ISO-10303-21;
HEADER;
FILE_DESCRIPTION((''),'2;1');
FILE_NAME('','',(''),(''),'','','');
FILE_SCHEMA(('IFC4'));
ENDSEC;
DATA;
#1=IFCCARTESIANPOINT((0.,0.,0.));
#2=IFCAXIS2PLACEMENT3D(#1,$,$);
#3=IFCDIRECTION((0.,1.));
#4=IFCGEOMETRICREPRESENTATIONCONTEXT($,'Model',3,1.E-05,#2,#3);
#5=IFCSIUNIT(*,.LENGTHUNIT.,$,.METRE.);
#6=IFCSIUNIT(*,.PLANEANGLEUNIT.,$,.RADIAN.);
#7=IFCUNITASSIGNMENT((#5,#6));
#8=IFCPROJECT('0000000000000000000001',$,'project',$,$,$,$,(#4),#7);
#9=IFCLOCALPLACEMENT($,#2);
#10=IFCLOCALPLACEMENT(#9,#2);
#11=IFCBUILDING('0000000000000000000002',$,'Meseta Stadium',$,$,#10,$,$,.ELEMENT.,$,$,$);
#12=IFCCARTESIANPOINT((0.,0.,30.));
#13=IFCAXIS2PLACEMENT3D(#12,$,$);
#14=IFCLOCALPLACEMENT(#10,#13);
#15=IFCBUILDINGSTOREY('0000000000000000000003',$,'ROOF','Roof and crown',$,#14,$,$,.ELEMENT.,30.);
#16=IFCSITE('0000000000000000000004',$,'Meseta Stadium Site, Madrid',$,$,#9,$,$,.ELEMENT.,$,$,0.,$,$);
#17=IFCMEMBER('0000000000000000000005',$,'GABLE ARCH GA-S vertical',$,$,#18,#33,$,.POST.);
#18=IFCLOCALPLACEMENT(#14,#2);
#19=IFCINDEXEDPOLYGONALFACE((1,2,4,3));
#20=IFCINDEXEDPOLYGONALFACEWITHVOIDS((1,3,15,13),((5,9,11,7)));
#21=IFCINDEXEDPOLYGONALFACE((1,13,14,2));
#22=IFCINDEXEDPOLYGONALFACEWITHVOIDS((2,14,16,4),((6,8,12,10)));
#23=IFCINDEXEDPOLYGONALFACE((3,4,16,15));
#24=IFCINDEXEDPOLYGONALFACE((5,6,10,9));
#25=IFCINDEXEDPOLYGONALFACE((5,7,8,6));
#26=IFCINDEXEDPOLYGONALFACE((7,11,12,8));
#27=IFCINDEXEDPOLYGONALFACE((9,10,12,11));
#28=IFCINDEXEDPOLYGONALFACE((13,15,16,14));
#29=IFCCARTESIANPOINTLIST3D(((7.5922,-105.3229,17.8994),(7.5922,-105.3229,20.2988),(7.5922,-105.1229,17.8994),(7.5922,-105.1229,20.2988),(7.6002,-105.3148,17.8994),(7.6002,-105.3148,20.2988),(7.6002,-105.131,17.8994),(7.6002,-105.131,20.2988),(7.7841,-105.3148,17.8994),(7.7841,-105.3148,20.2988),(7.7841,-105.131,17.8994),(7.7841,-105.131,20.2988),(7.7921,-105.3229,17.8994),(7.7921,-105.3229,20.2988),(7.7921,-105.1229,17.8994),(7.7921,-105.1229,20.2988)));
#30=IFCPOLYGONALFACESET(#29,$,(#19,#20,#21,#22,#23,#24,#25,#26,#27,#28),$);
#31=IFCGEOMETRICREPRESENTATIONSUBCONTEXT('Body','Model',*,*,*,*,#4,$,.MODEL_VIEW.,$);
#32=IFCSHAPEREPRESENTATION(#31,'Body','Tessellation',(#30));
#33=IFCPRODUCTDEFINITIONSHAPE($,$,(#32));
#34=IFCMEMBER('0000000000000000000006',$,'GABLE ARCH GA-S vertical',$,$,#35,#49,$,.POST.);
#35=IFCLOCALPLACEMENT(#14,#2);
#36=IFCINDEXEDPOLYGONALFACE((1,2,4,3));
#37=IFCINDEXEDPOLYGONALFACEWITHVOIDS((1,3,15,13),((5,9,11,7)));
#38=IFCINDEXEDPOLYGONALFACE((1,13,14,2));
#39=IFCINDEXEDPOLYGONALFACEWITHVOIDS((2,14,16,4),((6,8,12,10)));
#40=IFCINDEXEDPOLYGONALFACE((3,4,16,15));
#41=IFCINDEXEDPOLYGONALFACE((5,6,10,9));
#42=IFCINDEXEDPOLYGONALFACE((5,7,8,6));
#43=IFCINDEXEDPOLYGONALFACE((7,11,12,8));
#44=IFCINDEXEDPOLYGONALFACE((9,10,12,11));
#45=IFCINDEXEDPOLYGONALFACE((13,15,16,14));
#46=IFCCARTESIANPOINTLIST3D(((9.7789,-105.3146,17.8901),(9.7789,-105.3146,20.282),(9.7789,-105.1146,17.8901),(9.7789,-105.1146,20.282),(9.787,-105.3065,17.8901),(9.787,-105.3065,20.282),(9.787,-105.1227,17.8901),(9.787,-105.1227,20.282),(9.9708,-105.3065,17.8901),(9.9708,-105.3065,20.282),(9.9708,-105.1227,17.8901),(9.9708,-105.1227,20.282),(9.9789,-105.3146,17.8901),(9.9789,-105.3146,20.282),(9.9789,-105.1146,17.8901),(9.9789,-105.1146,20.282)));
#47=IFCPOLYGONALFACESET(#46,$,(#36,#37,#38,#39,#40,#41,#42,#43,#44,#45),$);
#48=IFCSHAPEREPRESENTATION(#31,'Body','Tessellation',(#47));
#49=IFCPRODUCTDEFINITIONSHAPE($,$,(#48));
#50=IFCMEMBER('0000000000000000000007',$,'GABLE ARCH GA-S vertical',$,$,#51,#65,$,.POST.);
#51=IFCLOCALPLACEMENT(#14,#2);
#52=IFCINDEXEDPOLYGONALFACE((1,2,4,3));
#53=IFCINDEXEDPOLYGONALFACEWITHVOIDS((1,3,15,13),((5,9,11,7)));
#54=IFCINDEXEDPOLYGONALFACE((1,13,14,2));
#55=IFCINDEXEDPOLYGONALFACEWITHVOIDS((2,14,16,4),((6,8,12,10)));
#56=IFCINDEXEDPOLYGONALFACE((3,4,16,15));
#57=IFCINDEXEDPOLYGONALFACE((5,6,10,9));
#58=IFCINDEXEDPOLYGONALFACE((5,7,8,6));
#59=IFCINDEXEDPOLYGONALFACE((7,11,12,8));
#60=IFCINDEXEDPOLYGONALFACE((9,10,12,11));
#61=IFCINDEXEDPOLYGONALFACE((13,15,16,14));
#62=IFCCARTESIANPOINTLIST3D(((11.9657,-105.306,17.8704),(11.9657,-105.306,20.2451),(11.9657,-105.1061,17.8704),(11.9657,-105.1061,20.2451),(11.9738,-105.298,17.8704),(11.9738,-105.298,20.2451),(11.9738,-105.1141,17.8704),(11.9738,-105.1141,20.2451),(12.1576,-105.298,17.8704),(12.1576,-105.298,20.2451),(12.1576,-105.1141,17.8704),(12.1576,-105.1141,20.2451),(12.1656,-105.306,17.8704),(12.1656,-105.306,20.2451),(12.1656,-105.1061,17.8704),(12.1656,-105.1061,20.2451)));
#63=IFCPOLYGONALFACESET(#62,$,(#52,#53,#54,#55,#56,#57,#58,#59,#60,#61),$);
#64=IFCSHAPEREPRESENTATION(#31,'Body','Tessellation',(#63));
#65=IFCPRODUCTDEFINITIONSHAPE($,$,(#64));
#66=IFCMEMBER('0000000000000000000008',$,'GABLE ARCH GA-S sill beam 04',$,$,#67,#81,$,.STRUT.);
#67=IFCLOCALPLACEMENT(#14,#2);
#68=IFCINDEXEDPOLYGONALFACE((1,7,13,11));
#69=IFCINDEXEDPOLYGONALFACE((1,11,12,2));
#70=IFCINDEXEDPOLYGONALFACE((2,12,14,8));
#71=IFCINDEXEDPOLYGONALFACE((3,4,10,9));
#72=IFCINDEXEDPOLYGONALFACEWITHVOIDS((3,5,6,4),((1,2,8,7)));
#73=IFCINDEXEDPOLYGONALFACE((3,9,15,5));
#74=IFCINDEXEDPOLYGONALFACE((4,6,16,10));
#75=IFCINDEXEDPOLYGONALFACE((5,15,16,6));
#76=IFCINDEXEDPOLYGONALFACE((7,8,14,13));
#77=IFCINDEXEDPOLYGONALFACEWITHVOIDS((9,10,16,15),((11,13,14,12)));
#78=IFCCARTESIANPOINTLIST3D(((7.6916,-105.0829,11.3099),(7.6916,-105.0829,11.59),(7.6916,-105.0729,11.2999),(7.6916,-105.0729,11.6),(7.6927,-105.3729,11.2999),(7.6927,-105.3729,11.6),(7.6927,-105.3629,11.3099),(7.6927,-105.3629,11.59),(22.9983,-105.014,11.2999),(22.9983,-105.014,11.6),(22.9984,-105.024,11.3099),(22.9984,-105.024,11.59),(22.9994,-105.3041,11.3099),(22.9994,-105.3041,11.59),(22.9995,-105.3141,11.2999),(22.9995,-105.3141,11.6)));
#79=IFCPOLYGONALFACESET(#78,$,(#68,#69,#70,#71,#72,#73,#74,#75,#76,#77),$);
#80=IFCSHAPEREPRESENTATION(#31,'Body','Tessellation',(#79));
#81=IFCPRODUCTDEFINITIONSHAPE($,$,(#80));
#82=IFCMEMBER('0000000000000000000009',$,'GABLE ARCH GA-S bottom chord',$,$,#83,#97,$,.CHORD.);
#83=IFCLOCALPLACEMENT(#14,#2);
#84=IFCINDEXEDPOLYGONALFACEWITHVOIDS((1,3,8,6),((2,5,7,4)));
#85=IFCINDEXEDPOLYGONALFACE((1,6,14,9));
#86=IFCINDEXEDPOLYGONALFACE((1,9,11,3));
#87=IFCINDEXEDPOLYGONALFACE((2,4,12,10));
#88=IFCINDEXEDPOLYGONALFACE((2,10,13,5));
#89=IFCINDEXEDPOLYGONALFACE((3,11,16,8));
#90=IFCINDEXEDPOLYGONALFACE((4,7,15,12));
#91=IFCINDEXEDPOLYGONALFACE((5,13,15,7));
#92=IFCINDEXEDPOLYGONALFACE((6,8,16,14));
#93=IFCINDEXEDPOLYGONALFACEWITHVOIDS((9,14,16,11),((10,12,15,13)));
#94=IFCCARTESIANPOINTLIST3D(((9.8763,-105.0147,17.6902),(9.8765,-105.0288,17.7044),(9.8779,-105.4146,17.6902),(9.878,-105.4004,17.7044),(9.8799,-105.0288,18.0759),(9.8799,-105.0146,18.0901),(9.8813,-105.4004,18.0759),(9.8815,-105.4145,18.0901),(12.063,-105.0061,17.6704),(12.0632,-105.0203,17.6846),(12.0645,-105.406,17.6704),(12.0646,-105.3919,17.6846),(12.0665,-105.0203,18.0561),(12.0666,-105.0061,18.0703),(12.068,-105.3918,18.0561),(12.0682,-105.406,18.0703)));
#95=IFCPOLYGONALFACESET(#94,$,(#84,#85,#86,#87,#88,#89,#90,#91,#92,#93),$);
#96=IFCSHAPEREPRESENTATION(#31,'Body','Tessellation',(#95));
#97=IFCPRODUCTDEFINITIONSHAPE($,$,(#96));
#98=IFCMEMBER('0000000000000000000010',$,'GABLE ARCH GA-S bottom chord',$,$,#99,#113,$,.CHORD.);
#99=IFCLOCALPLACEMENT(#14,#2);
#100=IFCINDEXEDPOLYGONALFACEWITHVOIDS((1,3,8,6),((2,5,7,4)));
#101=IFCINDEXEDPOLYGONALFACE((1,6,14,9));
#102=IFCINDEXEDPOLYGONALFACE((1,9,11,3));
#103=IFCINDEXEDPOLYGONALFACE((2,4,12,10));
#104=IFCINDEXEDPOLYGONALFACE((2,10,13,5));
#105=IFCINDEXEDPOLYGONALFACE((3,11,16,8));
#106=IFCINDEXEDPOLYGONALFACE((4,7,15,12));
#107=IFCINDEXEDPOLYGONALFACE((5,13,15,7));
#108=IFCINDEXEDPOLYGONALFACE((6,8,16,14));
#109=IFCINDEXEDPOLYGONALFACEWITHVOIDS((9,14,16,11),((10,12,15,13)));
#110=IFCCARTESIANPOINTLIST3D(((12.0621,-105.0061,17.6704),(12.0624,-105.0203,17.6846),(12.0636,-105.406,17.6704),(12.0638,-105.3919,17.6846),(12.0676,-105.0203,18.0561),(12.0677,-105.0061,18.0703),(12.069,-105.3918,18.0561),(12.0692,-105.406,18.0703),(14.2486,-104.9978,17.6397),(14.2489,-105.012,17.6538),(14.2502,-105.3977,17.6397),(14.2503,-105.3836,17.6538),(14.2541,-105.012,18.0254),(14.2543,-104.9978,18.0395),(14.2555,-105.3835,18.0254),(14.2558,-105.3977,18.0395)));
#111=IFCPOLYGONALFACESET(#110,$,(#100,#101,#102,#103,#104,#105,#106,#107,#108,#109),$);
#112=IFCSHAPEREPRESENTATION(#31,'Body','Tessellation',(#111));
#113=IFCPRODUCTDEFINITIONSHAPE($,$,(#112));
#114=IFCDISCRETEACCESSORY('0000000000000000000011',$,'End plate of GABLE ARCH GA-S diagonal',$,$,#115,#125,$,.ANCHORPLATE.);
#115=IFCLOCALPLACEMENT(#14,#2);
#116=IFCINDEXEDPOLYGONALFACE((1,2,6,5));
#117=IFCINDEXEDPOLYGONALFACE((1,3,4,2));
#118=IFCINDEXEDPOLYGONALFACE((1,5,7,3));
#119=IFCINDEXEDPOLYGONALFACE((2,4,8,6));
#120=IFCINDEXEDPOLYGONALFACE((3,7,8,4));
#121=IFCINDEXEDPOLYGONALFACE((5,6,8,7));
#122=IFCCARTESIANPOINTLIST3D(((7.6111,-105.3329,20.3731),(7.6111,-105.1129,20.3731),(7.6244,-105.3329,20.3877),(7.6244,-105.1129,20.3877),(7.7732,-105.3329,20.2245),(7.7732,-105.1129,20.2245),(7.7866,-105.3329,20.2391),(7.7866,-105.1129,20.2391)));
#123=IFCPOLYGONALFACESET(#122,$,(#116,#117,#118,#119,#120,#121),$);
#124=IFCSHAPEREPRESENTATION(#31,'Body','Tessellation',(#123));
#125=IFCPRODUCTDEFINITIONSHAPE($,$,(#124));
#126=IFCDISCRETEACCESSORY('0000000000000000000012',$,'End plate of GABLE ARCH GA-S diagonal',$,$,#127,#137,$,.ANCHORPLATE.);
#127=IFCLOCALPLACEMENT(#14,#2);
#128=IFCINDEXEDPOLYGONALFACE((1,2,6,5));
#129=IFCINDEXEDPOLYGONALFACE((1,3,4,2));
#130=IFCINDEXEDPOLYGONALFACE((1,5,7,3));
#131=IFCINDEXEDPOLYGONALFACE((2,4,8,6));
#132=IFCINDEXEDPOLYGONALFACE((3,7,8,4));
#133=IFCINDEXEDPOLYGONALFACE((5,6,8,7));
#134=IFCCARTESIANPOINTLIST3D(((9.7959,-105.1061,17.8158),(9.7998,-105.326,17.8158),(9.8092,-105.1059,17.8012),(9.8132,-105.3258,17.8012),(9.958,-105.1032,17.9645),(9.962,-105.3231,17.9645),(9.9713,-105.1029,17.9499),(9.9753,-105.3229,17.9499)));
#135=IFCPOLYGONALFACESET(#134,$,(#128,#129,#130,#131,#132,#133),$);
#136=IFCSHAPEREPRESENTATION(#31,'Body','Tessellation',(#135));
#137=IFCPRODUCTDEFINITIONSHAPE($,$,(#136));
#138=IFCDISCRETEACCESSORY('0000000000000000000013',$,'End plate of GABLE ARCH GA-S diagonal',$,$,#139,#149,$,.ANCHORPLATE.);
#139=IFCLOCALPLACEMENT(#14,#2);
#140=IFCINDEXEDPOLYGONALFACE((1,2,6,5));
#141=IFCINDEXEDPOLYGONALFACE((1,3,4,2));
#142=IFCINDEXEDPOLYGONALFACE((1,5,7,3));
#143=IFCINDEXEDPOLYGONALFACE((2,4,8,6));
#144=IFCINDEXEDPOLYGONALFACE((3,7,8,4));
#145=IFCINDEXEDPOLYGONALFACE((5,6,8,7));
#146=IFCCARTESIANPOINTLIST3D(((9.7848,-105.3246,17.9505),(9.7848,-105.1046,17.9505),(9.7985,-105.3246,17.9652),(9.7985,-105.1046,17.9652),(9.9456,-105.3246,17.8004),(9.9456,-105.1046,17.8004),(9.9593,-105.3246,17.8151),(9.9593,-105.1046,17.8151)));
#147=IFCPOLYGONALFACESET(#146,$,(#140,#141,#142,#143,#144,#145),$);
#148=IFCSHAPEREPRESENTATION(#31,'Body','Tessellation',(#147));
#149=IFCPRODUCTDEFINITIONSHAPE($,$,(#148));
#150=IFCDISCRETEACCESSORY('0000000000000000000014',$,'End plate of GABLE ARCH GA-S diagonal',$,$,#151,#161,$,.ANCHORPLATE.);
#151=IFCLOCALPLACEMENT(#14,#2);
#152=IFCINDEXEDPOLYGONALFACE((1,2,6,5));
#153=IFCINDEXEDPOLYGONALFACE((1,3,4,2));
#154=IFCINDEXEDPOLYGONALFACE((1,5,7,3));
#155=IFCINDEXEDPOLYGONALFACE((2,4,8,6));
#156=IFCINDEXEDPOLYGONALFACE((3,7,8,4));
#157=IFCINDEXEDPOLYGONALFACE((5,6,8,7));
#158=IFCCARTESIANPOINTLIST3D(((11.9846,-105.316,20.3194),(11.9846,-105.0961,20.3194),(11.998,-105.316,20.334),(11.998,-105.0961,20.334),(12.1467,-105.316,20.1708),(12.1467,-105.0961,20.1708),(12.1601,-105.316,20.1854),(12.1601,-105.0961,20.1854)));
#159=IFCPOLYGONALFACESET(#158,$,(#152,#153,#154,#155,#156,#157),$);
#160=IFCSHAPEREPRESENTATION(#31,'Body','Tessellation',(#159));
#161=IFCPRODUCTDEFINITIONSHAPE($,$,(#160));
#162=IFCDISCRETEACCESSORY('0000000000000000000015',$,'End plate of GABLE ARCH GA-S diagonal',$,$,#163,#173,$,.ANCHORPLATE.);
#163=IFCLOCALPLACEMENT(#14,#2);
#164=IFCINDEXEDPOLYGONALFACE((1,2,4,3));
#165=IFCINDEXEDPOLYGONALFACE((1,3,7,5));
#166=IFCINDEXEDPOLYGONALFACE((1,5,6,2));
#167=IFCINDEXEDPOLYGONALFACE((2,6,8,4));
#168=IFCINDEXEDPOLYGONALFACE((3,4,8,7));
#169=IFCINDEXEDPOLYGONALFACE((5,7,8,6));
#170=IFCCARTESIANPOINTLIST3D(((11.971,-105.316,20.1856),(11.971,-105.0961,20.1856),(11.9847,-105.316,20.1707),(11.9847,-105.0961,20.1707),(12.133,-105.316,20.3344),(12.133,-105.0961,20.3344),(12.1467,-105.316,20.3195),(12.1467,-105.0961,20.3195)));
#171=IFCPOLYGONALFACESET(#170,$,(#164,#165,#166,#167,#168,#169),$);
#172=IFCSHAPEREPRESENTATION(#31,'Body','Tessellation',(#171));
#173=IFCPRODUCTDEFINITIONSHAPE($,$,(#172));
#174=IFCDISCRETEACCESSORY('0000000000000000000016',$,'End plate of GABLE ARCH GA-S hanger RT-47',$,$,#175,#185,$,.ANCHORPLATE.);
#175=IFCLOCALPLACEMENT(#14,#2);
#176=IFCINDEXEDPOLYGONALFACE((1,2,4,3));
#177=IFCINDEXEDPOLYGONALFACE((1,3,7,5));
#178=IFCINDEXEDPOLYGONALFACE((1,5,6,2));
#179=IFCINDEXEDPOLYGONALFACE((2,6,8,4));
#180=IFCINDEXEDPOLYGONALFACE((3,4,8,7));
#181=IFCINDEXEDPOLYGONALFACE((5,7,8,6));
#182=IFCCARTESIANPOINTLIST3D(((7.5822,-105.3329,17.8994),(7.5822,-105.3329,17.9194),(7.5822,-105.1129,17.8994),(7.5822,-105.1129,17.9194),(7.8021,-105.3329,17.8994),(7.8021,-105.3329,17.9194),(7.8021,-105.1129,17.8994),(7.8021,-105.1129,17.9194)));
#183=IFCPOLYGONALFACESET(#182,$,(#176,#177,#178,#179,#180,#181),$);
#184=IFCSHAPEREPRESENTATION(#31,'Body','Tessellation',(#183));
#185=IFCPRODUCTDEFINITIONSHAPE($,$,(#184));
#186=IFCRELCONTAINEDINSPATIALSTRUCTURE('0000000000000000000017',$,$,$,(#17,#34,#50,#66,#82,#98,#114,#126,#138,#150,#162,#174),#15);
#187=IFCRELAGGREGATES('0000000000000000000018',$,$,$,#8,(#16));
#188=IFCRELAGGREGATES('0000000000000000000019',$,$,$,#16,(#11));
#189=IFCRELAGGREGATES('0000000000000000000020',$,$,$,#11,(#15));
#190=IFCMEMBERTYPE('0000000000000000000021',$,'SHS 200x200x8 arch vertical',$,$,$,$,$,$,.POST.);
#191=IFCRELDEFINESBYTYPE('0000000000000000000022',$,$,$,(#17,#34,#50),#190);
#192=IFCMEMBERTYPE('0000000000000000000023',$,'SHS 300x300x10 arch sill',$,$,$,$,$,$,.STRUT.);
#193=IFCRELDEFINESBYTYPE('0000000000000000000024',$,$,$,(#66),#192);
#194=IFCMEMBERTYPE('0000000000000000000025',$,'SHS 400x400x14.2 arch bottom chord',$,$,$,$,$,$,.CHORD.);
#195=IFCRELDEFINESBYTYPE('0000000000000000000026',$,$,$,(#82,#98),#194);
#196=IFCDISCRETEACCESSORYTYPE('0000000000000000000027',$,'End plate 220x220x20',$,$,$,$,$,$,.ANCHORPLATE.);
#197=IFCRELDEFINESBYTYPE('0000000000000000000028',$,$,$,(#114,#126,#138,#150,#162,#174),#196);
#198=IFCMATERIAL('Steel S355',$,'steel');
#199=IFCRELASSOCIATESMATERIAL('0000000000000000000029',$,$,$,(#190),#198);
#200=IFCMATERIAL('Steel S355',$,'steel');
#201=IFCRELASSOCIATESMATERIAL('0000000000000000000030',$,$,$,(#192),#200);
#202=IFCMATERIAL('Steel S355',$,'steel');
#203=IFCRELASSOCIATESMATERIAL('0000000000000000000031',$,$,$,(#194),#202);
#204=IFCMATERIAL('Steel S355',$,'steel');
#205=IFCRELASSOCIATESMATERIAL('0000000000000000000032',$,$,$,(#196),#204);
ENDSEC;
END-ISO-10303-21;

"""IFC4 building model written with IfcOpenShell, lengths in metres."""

from ifc_helpers import new_model, si_unit, direction, frame, origin, origin_2d, place, context, subcontext, project, spatial, rectangle, hollow_rectangle, extrude, material, material_profile, profile_set, type_object, element, save


model = new_model("IFC4")

# Units and contexts
model_context = context("Model", 3, precision=1e-05, world=origin(), true_north=direction((0.0, 1.0)))
body_context = subcontext(model_context, "Body", "Model", "MODEL_VIEW")
ifc_project = project(units=[si_unit("LENGTHUNIT", "METRE"), si_unit("PLANEANGLEUNIT", "RADIAN")], contexts=[model_context])

# Site, building, storey
site_placement = place(None, origin())
site = spatial("IfcSite", under=ifc_project, at=site_placement, Name="Meseta Stadium Site, Madrid", CompositionType="ELEMENT", RefElevation=0.0)
building_placement = place(site_placement, origin())
building = spatial("IfcBuilding", under=site, at=building_placement, Name="Meseta Stadium", CompositionType="ELEMENT")
storey_placement = place(building_placement, frame((0.0, 0.0, 30.0)))
storey = spatial("IfcBuildingStorey", under=building, at=storey_placement, Name="ROOF", Description="Roof and crown", CompositionType="ELEMENT", Elevation=30.0)

# Members
ifc_material_1 = material(Name="Steel S355", Category="steel")
ifc_material_profile_1 = material_profile(ifc_material_1, hollow_rectangle(XDim=0.2, YDim=0.2, WallThickness=0.0081, at=origin_2d()), Name="SHS 200x200x8")
ifc_profile_set_1 = profile_set([ifc_material_profile_1], Name="Steel S355")
member_type_1 = type_object("IfcMemberType", Name="SHS 200x200x8 arch vertical", PredefinedType="POST", material=ifc_profile_set_1)
member_1_placement = place(storey_placement, frame((7.6921, -105.2229, 17.8994), z_axis=(0.0, 0.0, 1.0), x_axis=(1.0, 0.0, 0.0)))
element("IfcMember", 1, at=member_1_placement, inside=storey, type_object=member_type_1, Name="GABLE ARCH GA-S vertical", PredefinedType="POST", context=body_context, shape_type="SweptSolid", body=[
    extrude(hollow_rectangle(XDim=0.2, YDim=0.2, WallThickness=0.0081, at=origin_2d()), origin(), (0.0, 0.0, 1.0), 2.3994),
])
member_2_placement = place(storey_placement, frame((9.8789, -105.2146, 17.8901), z_axis=(0.0, 0.0, 1.0), x_axis=(1.0, 0.0, 0.0)))
element("IfcMember", 2, at=member_2_placement, inside=storey, type_object=member_type_1, Name="GABLE ARCH GA-S vertical", PredefinedType="POST", context=body_context, shape_type="SweptSolid", body=[
    extrude(hollow_rectangle(XDim=0.2, YDim=0.2, WallThickness=0.0081, at=origin_2d()), origin(), (0.0, 0.0, 1.0), 2.3918),
])
member_3_placement = place(storey_placement, frame((12.0657, -105.2061, 17.8704), z_axis=(0.0, 0.0, 1.0), x_axis=(1.0, 0.0, 0.0)))
element("IfcMember", 3, at=member_3_placement, inside=storey, type_object=member_type_1, Name="GABLE ARCH GA-S vertical", PredefinedType="POST", context=body_context, shape_type="SweptSolid", body=[
    extrude(hollow_rectangle(XDim=0.2, YDim=0.2, WallThickness=0.0081, at=origin_2d()), origin(), (0.0, 0.0, 1.0), 2.3748),
])
ifc_material_2 = material(Name="Steel S355", Category="steel")
ifc_material_profile_2 = material_profile(ifc_material_2, hollow_rectangle(XDim=0.3, YDim=0.3, WallThickness=0.01, at=origin_2d()), Name="SHS 300x300x10")
ifc_profile_set_2 = profile_set([ifc_material_profile_2], Name="Steel S355")
member_type_2 = type_object("IfcMemberType", Name="SHS 300x300x10 arch sill", PredefinedType="STRUT", material=ifc_profile_set_2)
member_4_placement = place(storey_placement, frame((7.6921, -105.2229, 11.45), z_axis=(0.999993, 0.003844, 0.0), x_axis=(-0.003844, 0.999993, 0.0)))
element("IfcMember", 4, at=member_4_placement, inside=storey, type_object=member_type_2, Name="GABLE ARCH GA-S sill beam 04", PredefinedType="STRUT", context=body_context, shape_type="SweptSolid", body=[
    extrude(hollow_rectangle(XDim=0.3, YDim=0.3, WallThickness=0.01, at=origin_2d()), origin(), (0.0, 0.0, 1.0), 15.3069),
])
ifc_material_3 = material(Name="Steel S355", Category="steel")
ifc_material_profile_3 = material_profile(ifc_material_3, hollow_rectangle(XDim=0.3999, YDim=0.3999, WallThickness=0.0142, at=origin_2d()), Name="SHS 400x400x14.2")
ifc_profile_set_3 = profile_set([ifc_material_profile_3], Name="Steel S355")
member_type_3 = type_object("IfcMemberType", Name="SHS 400x400x14.2 arch bottom chord", PredefinedType="CHORD", material=ifc_profile_set_3)
for number, where, z_axis, x_axis, name in (
    (5, (9.8789, -105.2146, 17.8901), (0.999951, 0.003907, -0.009043), (-0.003908, 0.999992, 0.0), "GABLE ARCH GA-S bottom chord"),
    (6, (12.0657, -105.2061, 17.8704), (0.999894, 0.003796, -0.014067), (-0.003796, 0.999993, 0.0), "GABLE ARCH GA-S bottom chord"),
):
    element("IfcMember", number, at=place(storey_placement, frame(where, z_axis=z_axis, x_axis=x_axis)), inside=storey, type_object=member_type_3, Name=name, PredefinedType="CHORD", context=body_context, shape_type="SweptSolid", body=[
        extrude(hollow_rectangle(XDim=0.3999, YDim=0.3999, WallThickness=0.0142, at=origin_2d()), origin(), (0.0, 0.0, 1.0), 2.1868),
    ])

# Discrete accessories
ifc_material_4 = material(Name="Steel S355", Category="steel")
ifc_material_profile_4 = material_profile(ifc_material_4, rectangle(XDim=0.22, YDim=0.22, at=origin_2d()), Name="PL 220x220")
ifc_profile_set_4 = profile_set([ifc_material_profile_4], Name="Steel S355")
discrete_accessory_type_1 = type_object("IfcDiscreteAccessoryType", Name="End plate 220x220x20", PredefinedType="ANCHORPLATE", material=ifc_profile_set_4)
for number, where, z_axis, x_axis, name in (
    (7, (7.6921, -105.2229, 20.2988), (0.675725, 0.0, 0.737154), (0.0, 1.0, 0.0), "End plate of GABLE ARCH GA-S diagonal"),
    (8, (9.8789, -105.2146, 17.8901), (0.675674, 0.012285, -0.737099), (-0.018179, 0.999835, 0.0), "End plate of GABLE ARCH GA-S diagonal"),
):
    element("IfcDiscreteAccessory", number, at=place(storey_placement, frame(where, z_axis=z_axis, x_axis=x_axis)), inside=storey, type_object=discrete_accessory_type_1, Name=name, PredefinedType="ANCHORPLATE", context=body_context, shape_type="SweptSolid", body=[
        extrude(rectangle(XDim=0.22, YDim=0.22, at=origin_2d()), origin(), (0.0, 0.0, 1.0), 0.0198),
    ])
discrete_accessory_1_placement = place(storey_placement, frame((9.8652, -105.2146, 17.8755), z_axis=(0.682318, 0.0, 0.731055), x_axis=(0.0, 1.0, 0.0)))
element("IfcDiscreteAccessory", 9, at=discrete_accessory_1_placement, inside=storey, type_object=discrete_accessory_type_1, Name="End plate of GABLE ARCH GA-S diagonal", PredefinedType="ANCHORPLATE", context=body_context, shape_type="SweptSolid", body=[
    extrude(rectangle(XDim=0.22, YDim=0.22, at=origin_2d()), origin(), (0.0, 0.0, 1.0), 0.02),
])
discrete_accessory_2_placement = place(storey_placement, frame((12.0657, -105.2061, 20.2451), z_axis=(0.675725, 0.0, 0.737154), x_axis=(0.0, 1.0, 0.0)))
element("IfcDiscreteAccessory", 10, at=discrete_accessory_2_placement, inside=storey, type_object=discrete_accessory_type_1, Name="End plate of GABLE ARCH GA-S diagonal", PredefinedType="ANCHORPLATE", context=body_context, shape_type="SweptSolid", body=[
    extrude(rectangle(XDim=0.22, YDim=0.22, at=origin_2d()), origin(), (0.0, 0.0, 1.0), 0.0198),
])
discrete_accessory_3_placement = place(storey_placement, frame((12.052, -105.2061, 20.26), z_axis=(0.676271, 0.0, -0.736653), x_axis=(0.0, 1.0, 0.0)))
element("IfcDiscreteAccessory", 11, at=discrete_accessory_3_placement, inside=storey, type_object=discrete_accessory_type_1, Name="End plate of GABLE ARCH GA-S diagonal", PredefinedType="ANCHORPLATE", context=body_context, shape_type="SweptSolid", body=[
    extrude(rectangle(XDim=0.22, YDim=0.22, at=origin_2d()), origin(), (0.0, 0.0, 1.0), 0.0203),
])
for number, where, z_axis, x_axis, name in (
    (12, (7.6921, -105.2229, 17.9194), (0.0, 0.0, -1.0), (1.0, 0.0, 0.0), "End plate of GABLE ARCH GA-S hanger RT-47"),
):
    element("IfcDiscreteAccessory", number, at=place(storey_placement, frame(where, z_axis=z_axis, x_axis=x_axis)), inside=storey, type_object=discrete_accessory_type_1, Name=name, PredefinedType="ANCHORPLATE", context=body_context, shape_type="SweptSolid", body=[
        extrude(rectangle(XDim=0.22, YDim=0.22, at=origin_2d()), origin(), (0.0, 0.0, 1.0), 0.02),
    ])

save(model, "model.ifc")
